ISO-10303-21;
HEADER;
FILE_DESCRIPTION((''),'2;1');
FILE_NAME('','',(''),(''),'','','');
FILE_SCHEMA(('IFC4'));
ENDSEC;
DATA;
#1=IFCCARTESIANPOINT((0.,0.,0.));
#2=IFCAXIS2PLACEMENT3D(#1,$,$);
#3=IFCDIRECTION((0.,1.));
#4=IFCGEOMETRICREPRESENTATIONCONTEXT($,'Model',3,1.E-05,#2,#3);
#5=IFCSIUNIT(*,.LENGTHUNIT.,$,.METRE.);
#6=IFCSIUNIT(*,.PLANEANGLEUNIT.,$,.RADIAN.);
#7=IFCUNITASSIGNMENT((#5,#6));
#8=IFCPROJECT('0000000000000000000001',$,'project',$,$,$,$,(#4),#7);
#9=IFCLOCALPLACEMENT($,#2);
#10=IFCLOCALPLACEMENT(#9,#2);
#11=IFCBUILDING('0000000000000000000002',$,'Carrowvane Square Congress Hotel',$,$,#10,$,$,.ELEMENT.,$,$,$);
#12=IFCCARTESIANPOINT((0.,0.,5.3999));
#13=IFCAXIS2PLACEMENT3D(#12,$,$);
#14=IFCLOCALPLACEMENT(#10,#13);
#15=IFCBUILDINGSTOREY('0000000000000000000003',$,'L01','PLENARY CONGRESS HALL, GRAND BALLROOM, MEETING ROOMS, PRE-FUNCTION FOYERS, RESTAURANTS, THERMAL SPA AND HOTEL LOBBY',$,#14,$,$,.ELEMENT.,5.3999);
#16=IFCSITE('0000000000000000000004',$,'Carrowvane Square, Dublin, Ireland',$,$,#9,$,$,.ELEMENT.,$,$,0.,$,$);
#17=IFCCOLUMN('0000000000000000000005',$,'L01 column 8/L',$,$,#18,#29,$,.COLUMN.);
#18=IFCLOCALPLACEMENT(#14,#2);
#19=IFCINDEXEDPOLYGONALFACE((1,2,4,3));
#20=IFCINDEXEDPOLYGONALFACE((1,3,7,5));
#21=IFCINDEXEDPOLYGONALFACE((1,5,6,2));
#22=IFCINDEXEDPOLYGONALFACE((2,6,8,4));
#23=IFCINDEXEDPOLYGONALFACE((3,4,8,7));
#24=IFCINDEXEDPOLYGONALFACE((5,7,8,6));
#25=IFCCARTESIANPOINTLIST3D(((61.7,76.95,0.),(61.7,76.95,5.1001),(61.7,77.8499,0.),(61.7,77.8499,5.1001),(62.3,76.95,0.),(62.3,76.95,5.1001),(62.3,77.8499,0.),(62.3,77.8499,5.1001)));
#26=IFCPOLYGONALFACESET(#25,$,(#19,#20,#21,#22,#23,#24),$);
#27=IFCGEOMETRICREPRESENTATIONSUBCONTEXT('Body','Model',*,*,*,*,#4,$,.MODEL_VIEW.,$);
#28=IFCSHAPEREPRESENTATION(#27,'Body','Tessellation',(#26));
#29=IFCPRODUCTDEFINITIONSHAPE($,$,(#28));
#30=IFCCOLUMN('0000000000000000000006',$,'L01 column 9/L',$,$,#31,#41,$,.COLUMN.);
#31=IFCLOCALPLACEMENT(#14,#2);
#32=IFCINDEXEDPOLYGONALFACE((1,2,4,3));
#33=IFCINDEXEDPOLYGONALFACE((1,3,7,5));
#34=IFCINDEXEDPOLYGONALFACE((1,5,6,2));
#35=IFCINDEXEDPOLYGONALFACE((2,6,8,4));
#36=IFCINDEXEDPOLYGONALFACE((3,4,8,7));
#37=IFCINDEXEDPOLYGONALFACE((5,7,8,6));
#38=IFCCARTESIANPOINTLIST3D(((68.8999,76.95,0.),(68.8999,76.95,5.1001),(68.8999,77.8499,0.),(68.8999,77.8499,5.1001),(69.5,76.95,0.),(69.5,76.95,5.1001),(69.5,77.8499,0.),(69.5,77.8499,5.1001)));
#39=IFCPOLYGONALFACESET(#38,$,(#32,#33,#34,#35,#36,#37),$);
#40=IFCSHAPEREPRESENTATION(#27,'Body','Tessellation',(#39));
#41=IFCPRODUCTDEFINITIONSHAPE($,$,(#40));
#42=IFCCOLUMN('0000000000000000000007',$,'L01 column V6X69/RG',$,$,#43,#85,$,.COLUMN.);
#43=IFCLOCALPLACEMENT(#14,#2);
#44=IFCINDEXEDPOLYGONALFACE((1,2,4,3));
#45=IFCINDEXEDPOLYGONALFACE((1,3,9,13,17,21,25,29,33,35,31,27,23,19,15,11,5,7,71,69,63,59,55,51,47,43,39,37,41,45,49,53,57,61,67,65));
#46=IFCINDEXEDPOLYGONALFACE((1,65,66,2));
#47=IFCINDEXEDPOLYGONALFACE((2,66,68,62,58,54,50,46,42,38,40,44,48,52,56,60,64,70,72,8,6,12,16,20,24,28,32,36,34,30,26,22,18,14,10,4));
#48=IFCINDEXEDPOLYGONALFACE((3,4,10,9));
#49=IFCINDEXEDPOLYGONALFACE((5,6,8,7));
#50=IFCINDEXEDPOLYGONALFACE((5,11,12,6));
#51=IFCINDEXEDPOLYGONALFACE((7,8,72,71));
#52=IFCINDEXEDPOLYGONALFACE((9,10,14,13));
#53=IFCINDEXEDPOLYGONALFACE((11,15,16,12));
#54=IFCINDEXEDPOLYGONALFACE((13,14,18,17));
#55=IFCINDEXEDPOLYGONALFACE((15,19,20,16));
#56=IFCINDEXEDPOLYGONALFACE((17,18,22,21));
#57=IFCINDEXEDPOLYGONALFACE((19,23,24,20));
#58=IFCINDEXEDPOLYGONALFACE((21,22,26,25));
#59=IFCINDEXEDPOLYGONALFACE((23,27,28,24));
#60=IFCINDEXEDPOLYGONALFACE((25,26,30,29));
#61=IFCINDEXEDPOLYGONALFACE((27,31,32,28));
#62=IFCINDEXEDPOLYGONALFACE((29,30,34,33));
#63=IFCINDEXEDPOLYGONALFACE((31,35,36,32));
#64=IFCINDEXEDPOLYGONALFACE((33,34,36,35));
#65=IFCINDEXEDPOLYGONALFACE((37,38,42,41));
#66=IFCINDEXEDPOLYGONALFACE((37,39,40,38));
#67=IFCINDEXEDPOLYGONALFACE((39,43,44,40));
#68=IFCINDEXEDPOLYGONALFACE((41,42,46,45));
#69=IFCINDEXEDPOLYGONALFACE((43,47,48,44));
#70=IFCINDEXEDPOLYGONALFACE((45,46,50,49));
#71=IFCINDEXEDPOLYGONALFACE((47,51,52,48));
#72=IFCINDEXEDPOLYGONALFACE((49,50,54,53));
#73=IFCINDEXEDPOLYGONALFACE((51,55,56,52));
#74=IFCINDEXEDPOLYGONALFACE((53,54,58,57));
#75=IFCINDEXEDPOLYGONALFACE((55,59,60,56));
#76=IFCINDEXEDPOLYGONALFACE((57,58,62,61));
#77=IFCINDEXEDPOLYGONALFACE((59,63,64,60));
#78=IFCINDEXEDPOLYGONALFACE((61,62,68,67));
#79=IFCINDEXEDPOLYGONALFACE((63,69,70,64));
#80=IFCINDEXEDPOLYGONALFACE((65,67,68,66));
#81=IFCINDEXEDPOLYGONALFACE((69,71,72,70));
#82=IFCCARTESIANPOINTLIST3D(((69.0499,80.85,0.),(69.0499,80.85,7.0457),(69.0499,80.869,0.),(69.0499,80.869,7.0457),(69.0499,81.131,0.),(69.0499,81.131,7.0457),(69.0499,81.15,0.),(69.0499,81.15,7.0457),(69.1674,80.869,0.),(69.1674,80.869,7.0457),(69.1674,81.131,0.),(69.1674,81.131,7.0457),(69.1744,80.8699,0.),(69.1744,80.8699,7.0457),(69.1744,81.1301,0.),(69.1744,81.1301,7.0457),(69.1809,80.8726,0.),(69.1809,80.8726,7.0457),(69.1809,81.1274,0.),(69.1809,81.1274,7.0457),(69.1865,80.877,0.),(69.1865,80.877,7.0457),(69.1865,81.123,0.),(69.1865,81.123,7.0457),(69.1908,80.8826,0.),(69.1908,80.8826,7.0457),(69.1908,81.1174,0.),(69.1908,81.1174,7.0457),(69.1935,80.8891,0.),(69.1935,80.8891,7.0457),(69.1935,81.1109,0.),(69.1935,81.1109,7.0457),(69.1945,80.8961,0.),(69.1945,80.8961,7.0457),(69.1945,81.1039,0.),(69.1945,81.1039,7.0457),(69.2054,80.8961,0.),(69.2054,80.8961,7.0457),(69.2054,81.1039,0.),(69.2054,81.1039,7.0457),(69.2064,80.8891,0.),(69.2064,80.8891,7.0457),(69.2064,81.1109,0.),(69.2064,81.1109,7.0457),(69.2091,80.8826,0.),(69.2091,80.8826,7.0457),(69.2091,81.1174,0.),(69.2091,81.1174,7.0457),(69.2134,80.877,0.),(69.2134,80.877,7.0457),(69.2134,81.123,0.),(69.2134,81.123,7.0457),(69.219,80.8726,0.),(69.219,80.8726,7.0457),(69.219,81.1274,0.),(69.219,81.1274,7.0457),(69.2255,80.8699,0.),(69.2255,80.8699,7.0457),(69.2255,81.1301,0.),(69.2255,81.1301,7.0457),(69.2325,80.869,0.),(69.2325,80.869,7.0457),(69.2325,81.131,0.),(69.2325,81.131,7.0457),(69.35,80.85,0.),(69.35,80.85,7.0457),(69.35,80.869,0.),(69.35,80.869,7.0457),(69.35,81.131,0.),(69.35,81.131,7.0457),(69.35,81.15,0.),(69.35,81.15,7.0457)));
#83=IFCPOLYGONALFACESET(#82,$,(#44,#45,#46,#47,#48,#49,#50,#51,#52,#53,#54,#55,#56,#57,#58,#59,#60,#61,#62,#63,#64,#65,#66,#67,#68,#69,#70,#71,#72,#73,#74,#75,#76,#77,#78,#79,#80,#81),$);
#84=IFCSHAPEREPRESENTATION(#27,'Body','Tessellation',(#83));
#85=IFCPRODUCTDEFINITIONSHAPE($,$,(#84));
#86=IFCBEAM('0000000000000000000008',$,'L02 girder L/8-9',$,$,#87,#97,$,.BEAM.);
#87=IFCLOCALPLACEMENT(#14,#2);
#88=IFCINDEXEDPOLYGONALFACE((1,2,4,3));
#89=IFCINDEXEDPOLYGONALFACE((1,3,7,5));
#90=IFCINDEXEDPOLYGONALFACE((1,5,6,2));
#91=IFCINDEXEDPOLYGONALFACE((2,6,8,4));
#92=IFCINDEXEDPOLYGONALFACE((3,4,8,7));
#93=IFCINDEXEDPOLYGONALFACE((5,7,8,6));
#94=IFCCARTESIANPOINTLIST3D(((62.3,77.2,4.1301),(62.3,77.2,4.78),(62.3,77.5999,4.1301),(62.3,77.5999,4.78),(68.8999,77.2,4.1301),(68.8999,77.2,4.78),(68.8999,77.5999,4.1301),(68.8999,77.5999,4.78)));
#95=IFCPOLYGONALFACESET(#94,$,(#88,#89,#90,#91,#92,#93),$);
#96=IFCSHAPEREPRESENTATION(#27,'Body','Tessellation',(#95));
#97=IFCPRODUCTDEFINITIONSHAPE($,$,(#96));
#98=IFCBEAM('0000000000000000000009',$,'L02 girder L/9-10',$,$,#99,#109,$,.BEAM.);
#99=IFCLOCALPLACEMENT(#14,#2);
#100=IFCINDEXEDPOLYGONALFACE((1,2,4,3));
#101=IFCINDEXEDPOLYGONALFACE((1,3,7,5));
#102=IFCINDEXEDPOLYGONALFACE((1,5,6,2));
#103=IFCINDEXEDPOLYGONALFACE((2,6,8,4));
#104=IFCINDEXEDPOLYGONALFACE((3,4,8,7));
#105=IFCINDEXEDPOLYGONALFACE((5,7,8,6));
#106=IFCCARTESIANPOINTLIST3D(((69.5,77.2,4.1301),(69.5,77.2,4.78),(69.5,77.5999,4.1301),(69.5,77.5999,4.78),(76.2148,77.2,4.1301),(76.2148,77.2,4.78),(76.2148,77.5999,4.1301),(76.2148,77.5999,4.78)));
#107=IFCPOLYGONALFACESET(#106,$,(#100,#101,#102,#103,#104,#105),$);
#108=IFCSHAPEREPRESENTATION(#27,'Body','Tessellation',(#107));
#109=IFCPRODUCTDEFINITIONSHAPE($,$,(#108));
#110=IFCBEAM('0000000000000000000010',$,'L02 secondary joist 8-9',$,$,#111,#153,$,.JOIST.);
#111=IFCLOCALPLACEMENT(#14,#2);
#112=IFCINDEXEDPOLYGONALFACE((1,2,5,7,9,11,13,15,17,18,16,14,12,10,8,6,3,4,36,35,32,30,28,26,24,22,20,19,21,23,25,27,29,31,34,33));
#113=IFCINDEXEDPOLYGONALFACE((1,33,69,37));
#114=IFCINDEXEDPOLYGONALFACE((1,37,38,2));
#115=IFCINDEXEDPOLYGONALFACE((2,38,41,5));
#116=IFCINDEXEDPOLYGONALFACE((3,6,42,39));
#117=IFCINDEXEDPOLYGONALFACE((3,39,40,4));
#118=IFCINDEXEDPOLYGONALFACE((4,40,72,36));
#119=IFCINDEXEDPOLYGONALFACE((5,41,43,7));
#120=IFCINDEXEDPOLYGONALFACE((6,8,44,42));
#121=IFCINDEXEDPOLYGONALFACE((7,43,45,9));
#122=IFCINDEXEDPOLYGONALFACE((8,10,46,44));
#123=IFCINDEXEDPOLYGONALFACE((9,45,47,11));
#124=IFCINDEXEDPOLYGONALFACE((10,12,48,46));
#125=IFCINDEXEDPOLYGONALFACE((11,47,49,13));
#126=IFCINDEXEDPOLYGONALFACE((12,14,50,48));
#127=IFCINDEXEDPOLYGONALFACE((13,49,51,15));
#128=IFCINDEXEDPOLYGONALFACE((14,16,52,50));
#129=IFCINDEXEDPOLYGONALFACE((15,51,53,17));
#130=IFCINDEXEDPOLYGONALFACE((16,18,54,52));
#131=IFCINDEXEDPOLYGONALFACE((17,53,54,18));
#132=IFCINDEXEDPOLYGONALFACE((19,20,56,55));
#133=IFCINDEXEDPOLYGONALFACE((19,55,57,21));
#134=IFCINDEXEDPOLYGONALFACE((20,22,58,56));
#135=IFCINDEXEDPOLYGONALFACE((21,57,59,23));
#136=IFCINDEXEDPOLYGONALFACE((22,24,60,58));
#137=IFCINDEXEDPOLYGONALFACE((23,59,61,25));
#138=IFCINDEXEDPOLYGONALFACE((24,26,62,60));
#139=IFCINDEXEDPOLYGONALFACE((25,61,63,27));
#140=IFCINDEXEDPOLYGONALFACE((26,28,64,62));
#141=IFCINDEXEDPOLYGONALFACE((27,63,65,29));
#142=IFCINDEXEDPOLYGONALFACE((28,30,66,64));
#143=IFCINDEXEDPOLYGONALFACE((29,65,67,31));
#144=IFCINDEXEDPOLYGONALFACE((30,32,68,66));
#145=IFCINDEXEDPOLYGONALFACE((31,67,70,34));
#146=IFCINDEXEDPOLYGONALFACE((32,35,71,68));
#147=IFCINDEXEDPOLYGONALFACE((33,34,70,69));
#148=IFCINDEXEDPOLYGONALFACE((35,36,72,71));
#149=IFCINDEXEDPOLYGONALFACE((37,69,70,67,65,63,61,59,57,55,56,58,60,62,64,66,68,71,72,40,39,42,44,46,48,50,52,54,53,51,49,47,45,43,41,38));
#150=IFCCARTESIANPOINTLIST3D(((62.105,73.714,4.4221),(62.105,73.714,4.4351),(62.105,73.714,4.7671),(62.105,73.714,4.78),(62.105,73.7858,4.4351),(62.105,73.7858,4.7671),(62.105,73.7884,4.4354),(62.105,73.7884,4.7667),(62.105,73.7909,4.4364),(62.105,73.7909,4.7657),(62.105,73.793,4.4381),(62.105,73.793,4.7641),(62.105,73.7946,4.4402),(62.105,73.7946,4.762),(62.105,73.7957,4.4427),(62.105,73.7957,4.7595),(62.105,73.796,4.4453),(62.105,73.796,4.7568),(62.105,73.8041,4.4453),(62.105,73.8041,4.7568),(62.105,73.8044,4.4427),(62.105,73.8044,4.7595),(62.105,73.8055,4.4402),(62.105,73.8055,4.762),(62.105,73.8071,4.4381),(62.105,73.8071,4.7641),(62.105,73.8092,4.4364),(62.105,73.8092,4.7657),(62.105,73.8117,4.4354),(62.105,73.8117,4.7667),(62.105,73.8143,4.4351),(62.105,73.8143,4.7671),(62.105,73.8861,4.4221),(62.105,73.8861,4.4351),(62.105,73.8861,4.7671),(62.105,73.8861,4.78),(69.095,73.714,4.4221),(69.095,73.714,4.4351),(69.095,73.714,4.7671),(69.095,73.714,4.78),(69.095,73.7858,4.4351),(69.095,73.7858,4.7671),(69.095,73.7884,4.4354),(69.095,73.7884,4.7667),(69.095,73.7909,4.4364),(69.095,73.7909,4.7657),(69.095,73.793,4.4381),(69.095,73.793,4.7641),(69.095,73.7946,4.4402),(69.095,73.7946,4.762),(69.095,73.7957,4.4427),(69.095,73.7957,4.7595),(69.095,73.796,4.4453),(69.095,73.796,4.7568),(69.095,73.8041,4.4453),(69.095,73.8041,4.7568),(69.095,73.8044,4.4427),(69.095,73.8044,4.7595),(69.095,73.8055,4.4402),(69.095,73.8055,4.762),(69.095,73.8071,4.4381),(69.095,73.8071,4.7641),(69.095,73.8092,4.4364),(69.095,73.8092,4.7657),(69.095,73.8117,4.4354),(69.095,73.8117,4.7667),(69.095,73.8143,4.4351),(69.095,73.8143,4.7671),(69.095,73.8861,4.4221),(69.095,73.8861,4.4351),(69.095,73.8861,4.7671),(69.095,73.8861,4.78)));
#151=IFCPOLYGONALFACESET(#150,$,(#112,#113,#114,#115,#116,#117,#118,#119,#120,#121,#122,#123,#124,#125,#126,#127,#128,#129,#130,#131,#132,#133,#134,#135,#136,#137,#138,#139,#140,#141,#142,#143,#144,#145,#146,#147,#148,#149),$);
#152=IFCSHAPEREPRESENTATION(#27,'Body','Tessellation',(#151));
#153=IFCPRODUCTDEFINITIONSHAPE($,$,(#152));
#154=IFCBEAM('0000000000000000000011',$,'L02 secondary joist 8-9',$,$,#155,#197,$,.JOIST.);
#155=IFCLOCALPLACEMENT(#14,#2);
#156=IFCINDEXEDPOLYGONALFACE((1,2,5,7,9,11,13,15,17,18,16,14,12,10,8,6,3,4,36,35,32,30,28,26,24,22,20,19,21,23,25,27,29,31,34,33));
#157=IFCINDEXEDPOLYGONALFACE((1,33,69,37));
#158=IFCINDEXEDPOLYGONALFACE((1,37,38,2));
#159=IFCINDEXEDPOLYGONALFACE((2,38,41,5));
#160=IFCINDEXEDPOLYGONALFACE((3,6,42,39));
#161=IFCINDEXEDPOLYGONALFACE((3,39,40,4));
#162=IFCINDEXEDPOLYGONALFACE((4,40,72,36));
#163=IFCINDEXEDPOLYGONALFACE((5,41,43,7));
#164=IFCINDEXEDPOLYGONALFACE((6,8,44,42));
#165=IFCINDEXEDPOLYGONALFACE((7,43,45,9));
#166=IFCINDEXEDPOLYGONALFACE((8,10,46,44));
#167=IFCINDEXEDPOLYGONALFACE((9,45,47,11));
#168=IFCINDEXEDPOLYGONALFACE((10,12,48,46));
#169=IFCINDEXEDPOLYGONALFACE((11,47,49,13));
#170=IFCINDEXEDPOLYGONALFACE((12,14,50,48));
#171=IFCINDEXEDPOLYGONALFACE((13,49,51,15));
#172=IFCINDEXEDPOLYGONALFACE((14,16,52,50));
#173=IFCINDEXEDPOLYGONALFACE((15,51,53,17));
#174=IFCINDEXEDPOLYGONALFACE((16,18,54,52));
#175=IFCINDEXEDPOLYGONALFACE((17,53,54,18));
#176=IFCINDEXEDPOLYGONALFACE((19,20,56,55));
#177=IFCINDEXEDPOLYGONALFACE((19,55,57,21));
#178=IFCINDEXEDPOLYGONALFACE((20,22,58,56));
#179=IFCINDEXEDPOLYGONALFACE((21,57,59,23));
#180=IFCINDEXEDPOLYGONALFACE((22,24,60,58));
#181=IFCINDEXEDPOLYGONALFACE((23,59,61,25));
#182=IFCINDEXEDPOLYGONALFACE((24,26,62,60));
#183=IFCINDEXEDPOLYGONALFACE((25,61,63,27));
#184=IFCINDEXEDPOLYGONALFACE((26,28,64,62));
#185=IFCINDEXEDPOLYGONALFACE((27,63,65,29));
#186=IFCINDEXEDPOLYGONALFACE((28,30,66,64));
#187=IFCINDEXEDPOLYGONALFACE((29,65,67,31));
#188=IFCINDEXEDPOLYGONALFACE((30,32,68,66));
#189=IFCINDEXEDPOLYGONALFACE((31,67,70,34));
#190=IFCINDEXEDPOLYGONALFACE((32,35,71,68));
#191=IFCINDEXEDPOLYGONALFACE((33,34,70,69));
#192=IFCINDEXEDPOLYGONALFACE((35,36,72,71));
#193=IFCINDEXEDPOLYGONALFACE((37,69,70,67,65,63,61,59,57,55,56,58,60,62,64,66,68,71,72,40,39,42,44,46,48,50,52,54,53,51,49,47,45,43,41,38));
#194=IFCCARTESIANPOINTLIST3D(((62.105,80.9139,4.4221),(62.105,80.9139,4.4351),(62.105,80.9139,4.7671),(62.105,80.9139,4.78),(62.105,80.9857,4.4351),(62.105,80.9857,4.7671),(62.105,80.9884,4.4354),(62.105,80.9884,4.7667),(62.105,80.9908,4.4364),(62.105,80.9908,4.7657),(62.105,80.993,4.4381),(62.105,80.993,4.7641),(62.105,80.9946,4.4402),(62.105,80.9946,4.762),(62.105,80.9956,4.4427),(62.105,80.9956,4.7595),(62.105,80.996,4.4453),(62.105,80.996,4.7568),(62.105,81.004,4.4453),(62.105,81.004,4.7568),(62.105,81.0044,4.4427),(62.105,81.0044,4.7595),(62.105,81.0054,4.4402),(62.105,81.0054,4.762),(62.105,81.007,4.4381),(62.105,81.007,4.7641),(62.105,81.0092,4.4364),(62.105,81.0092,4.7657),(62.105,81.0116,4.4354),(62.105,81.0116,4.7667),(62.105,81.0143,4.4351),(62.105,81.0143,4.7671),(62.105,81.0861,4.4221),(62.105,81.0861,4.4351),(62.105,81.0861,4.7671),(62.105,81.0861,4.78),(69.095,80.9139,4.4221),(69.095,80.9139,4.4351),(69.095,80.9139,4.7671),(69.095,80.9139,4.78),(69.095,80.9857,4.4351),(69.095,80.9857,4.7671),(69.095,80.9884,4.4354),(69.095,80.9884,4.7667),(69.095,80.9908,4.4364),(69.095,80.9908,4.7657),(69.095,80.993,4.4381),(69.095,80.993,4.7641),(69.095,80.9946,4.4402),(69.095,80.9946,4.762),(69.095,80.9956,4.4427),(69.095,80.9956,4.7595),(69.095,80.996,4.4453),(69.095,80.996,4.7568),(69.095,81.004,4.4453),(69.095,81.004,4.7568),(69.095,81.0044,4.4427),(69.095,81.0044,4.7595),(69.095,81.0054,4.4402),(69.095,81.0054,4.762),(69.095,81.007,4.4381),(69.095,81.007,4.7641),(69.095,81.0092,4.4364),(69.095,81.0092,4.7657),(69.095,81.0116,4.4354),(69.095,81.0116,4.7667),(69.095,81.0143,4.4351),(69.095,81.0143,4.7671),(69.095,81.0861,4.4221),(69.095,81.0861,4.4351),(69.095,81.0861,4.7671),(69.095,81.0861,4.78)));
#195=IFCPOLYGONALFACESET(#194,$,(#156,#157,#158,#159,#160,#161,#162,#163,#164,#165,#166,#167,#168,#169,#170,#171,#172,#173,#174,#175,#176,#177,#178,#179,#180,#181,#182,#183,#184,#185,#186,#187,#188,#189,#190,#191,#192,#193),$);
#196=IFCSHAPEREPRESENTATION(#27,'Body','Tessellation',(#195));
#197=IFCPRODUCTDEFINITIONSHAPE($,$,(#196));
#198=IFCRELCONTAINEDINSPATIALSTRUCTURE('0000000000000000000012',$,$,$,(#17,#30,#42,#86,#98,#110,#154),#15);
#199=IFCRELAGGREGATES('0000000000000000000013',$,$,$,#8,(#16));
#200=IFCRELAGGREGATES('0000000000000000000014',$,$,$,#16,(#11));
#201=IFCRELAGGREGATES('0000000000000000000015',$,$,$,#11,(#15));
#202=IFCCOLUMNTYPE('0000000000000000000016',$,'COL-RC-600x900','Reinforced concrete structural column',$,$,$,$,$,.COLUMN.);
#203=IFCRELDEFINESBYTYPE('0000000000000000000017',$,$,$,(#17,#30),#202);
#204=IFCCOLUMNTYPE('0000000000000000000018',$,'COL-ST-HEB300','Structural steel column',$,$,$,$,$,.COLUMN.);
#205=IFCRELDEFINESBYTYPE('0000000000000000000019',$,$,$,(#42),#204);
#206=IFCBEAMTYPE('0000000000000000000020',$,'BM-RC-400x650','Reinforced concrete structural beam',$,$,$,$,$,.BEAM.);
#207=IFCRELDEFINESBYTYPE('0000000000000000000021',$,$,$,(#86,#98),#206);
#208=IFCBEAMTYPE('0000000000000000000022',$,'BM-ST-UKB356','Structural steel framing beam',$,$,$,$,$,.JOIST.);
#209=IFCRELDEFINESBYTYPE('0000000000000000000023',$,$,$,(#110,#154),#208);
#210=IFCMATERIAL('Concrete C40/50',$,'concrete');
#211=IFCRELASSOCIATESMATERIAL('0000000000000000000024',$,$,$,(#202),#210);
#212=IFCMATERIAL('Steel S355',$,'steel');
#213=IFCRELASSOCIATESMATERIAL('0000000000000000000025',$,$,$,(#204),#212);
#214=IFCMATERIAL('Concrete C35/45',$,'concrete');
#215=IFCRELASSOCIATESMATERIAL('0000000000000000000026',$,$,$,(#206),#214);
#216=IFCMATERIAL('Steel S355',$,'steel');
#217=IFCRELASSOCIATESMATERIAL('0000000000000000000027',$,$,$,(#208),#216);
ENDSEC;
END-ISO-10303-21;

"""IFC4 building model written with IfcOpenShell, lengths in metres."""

from ifc_helpers import new_model, si_unit, direction, frame, origin, origin_2d, place, context, subcontext, project, spatial, rectangle, i_section, extrude, material, material_profile, profile_set, type_object, element, save


model = new_model("IFC4")

# Units and contexts
model_context = context("Model", 3, precision=1e-05, world=origin(), true_north=direction((0.0, 1.0)))
body_context = subcontext(model_context, "Body", "Model", "MODEL_VIEW")
ifc_project = project(units=[si_unit("LENGTHUNIT", "METRE"), si_unit("PLANEANGLEUNIT", "RADIAN")], contexts=[model_context])

# Site, building, storey
site_placement = place(None, origin())
site = spatial("IfcSite", under=ifc_project, at=site_placement, Name="Carrowvane Square, Dublin, Ireland", CompositionType="ELEMENT", RefElevation=0.0)
building_placement = place(site_placement, origin())
building = spatial("IfcBuilding", under=site, at=building_placement, Name="Carrowvane Square Congress Hotel", CompositionType="ELEMENT")
storey_placement = place(building_placement, frame((0.0, 0.0, 5.3999)))
storey = spatial("IfcBuildingStorey", under=building, at=storey_placement, Name="L01", Description="PLENARY CONGRESS HALL, GRAND BALLROOM, MEETING ROOMS, PRE-FUNCTION FOYERS, RESTAURANTS, THERMAL SPA AND HOTEL LOBBY", CompositionType="ELEMENT", Elevation=5.3999)

# Columns
ifc_material_1 = material(Name="Concrete C40/50", Category="concrete")
ifc_material_profile_1 = material_profile(ifc_material_1, rectangle(XDim=0.6001, YDim=0.8999, at=origin_2d()), Name="RC 600x900")
ifc_profile_set_1 = profile_set([ifc_material_profile_1], Name="Concrete C40/50")
column_type_1 = type_object("IfcColumnType", Name="COL-RC-600x900", Description="Reinforced concrete structural column", PredefinedType="COLUMN", material=ifc_profile_set_1)
for number, where, z_axis, x_axis, name in (
    (1, (62.0, 77.3999, 0.0), (0.0, 0.0, 1.0), (1.0, 0.0, 0.0), "L01 column 8/L"),
    (2, (69.2, 77.3999, 0.0), (0.0, 0.0, 1.0), (1.0, 0.0, 0.0), "L01 column 9/L"),
):
    element("IfcColumn", number, at=place(storey_placement, frame(where, z_axis=z_axis, x_axis=x_axis)), inside=storey, type_object=column_type_1, Name=name, PredefinedType="COLUMN", context=body_context, shape_type="SweptSolid", body=[
        extrude(rectangle(XDim=0.6001, YDim=0.8999, at=origin_2d()), origin(), (0.0, 0.0, 1.0), 5.1001),
    ])
ifc_material_2 = material(Name="Steel S355", Category="steel")
ifc_material_profile_2 = material_profile(ifc_material_2, i_section(OverallWidth=0.3, OverallDepth=0.3, WebThickness=0.011, FlangeThickness=0.019, FilletRadius=0.0271, at=origin_2d()), Name="HEB 300")
ifc_profile_set_2 = profile_set([ifc_material_profile_2], Name="Steel S355")
column_type_2 = type_object("IfcColumnType", Name="COL-ST-HEB300", Description="Structural steel column", PredefinedType="COLUMN", material=ifc_profile_set_2)
column_placement = place(storey_placement, frame((69.2, 81.0, 0.0), z_axis=(0.0, 0.0, 1.0), x_axis=(1.0, 0.0, 0.0)))
element("IfcColumn", 3, at=column_placement, inside=storey, type_object=column_type_2, Name="L01 column V6X69/RG", PredefinedType="COLUMN", context=body_context, shape_type="SweptSolid", body=[
    extrude(i_section(OverallWidth=0.3, OverallDepth=0.3, WebThickness=0.011, FlangeThickness=0.019, FilletRadius=0.0271, at=origin_2d()), origin(), (0.0, 0.0, 1.0), 7.0457),
])

# Beams
ifc_material_3 = material(Name="Concrete C35/45", Category="concrete")
ifc_material_profile_3 = material_profile(ifc_material_3, rectangle(XDim=0.3999, YDim=0.6499, at=origin_2d()), Name="RC 400x650")
ifc_profile_set_3 = profile_set([ifc_material_profile_3], Name="Concrete C35/45")
beam_type_1 = type_object("IfcBeamType", Name="BM-RC-400x650", Description="Reinforced concrete structural beam", PredefinedType="BEAM", material=ifc_profile_set_3)
beam_1_placement = place(storey_placement, frame((62.3, 77.3999, 4.4551), z_axis=(1.0, 0.0, 0.0), x_axis=(0.0, 1.0, 0.0)))
element("IfcBeam", 4, at=beam_1_placement, inside=storey, type_object=beam_type_1, Name="L02 girder L/8-9", PredefinedType="BEAM", context=body_context, shape_type="SweptSolid", body=[
    extrude(rectangle(XDim=0.3999, YDim=0.6499, at=origin_2d()), origin(), (0.0, 0.0, 1.0), 6.5999),
])
beam_2_placement = place(storey_placement, frame((69.5, 77.3999, 4.4551), z_axis=(1.0, 0.0, 0.0), x_axis=(0.0, 1.0, 0.0)))
element("IfcBeam", 5, at=beam_2_placement, inside=storey, type_object=beam_type_1, Name="L02 girder L/9-10", PredefinedType="BEAM", context=body_context, shape_type="SweptSolid", body=[
    extrude(rectangle(XDim=0.3999, YDim=0.6499, at=origin_2d()), origin(), (0.0, 0.0, 1.0), 6.7148),
])
ifc_material_4 = material(Name="Steel S355", Category="steel")
ifc_material_profile_4 = material_profile(ifc_material_4, i_section(OverallWidth=0.1721, OverallDepth=0.3579, WebThickness=0.0081, FlangeThickness=0.0129, FilletRadius=0.0103, at=origin_2d()), Name="UKB 356x171x57")
ifc_profile_set_4 = profile_set([ifc_material_profile_4], Name="Steel S355")
beam_type_2 = type_object("IfcBeamType", Name="BM-ST-UKB356", Description="Structural steel framing beam", PredefinedType="JOIST", material=ifc_profile_set_4)
for number, where, z_axis, x_axis, name in (
    (6, (62.105, 73.8, 4.6011), (1.0, 0.0, 0.0), (0.0, 1.0, 0.0), "L02 secondary joist 8-9"),
    (7, (62.105, 81.0, 4.6011), (1.0, 0.0, 0.0), (0.0, 1.0, 0.0), "L02 secondary joist 8-9"),
):
    element("IfcBeam", number, at=place(storey_placement, frame(where, z_axis=z_axis, x_axis=x_axis)), inside=storey, type_object=beam_type_2, Name=name, PredefinedType="JOIST", context=body_context, shape_type="SweptSolid", body=[
        extrude(i_section(OverallWidth=0.1721, OverallDepth=0.3579, WebThickness=0.0081, FlangeThickness=0.0129, FilletRadius=0.0103, at=origin_2d()), origin(), (0.0, 0.0, 1.0), 6.99),
    ])

save(model, "model.ifc")
